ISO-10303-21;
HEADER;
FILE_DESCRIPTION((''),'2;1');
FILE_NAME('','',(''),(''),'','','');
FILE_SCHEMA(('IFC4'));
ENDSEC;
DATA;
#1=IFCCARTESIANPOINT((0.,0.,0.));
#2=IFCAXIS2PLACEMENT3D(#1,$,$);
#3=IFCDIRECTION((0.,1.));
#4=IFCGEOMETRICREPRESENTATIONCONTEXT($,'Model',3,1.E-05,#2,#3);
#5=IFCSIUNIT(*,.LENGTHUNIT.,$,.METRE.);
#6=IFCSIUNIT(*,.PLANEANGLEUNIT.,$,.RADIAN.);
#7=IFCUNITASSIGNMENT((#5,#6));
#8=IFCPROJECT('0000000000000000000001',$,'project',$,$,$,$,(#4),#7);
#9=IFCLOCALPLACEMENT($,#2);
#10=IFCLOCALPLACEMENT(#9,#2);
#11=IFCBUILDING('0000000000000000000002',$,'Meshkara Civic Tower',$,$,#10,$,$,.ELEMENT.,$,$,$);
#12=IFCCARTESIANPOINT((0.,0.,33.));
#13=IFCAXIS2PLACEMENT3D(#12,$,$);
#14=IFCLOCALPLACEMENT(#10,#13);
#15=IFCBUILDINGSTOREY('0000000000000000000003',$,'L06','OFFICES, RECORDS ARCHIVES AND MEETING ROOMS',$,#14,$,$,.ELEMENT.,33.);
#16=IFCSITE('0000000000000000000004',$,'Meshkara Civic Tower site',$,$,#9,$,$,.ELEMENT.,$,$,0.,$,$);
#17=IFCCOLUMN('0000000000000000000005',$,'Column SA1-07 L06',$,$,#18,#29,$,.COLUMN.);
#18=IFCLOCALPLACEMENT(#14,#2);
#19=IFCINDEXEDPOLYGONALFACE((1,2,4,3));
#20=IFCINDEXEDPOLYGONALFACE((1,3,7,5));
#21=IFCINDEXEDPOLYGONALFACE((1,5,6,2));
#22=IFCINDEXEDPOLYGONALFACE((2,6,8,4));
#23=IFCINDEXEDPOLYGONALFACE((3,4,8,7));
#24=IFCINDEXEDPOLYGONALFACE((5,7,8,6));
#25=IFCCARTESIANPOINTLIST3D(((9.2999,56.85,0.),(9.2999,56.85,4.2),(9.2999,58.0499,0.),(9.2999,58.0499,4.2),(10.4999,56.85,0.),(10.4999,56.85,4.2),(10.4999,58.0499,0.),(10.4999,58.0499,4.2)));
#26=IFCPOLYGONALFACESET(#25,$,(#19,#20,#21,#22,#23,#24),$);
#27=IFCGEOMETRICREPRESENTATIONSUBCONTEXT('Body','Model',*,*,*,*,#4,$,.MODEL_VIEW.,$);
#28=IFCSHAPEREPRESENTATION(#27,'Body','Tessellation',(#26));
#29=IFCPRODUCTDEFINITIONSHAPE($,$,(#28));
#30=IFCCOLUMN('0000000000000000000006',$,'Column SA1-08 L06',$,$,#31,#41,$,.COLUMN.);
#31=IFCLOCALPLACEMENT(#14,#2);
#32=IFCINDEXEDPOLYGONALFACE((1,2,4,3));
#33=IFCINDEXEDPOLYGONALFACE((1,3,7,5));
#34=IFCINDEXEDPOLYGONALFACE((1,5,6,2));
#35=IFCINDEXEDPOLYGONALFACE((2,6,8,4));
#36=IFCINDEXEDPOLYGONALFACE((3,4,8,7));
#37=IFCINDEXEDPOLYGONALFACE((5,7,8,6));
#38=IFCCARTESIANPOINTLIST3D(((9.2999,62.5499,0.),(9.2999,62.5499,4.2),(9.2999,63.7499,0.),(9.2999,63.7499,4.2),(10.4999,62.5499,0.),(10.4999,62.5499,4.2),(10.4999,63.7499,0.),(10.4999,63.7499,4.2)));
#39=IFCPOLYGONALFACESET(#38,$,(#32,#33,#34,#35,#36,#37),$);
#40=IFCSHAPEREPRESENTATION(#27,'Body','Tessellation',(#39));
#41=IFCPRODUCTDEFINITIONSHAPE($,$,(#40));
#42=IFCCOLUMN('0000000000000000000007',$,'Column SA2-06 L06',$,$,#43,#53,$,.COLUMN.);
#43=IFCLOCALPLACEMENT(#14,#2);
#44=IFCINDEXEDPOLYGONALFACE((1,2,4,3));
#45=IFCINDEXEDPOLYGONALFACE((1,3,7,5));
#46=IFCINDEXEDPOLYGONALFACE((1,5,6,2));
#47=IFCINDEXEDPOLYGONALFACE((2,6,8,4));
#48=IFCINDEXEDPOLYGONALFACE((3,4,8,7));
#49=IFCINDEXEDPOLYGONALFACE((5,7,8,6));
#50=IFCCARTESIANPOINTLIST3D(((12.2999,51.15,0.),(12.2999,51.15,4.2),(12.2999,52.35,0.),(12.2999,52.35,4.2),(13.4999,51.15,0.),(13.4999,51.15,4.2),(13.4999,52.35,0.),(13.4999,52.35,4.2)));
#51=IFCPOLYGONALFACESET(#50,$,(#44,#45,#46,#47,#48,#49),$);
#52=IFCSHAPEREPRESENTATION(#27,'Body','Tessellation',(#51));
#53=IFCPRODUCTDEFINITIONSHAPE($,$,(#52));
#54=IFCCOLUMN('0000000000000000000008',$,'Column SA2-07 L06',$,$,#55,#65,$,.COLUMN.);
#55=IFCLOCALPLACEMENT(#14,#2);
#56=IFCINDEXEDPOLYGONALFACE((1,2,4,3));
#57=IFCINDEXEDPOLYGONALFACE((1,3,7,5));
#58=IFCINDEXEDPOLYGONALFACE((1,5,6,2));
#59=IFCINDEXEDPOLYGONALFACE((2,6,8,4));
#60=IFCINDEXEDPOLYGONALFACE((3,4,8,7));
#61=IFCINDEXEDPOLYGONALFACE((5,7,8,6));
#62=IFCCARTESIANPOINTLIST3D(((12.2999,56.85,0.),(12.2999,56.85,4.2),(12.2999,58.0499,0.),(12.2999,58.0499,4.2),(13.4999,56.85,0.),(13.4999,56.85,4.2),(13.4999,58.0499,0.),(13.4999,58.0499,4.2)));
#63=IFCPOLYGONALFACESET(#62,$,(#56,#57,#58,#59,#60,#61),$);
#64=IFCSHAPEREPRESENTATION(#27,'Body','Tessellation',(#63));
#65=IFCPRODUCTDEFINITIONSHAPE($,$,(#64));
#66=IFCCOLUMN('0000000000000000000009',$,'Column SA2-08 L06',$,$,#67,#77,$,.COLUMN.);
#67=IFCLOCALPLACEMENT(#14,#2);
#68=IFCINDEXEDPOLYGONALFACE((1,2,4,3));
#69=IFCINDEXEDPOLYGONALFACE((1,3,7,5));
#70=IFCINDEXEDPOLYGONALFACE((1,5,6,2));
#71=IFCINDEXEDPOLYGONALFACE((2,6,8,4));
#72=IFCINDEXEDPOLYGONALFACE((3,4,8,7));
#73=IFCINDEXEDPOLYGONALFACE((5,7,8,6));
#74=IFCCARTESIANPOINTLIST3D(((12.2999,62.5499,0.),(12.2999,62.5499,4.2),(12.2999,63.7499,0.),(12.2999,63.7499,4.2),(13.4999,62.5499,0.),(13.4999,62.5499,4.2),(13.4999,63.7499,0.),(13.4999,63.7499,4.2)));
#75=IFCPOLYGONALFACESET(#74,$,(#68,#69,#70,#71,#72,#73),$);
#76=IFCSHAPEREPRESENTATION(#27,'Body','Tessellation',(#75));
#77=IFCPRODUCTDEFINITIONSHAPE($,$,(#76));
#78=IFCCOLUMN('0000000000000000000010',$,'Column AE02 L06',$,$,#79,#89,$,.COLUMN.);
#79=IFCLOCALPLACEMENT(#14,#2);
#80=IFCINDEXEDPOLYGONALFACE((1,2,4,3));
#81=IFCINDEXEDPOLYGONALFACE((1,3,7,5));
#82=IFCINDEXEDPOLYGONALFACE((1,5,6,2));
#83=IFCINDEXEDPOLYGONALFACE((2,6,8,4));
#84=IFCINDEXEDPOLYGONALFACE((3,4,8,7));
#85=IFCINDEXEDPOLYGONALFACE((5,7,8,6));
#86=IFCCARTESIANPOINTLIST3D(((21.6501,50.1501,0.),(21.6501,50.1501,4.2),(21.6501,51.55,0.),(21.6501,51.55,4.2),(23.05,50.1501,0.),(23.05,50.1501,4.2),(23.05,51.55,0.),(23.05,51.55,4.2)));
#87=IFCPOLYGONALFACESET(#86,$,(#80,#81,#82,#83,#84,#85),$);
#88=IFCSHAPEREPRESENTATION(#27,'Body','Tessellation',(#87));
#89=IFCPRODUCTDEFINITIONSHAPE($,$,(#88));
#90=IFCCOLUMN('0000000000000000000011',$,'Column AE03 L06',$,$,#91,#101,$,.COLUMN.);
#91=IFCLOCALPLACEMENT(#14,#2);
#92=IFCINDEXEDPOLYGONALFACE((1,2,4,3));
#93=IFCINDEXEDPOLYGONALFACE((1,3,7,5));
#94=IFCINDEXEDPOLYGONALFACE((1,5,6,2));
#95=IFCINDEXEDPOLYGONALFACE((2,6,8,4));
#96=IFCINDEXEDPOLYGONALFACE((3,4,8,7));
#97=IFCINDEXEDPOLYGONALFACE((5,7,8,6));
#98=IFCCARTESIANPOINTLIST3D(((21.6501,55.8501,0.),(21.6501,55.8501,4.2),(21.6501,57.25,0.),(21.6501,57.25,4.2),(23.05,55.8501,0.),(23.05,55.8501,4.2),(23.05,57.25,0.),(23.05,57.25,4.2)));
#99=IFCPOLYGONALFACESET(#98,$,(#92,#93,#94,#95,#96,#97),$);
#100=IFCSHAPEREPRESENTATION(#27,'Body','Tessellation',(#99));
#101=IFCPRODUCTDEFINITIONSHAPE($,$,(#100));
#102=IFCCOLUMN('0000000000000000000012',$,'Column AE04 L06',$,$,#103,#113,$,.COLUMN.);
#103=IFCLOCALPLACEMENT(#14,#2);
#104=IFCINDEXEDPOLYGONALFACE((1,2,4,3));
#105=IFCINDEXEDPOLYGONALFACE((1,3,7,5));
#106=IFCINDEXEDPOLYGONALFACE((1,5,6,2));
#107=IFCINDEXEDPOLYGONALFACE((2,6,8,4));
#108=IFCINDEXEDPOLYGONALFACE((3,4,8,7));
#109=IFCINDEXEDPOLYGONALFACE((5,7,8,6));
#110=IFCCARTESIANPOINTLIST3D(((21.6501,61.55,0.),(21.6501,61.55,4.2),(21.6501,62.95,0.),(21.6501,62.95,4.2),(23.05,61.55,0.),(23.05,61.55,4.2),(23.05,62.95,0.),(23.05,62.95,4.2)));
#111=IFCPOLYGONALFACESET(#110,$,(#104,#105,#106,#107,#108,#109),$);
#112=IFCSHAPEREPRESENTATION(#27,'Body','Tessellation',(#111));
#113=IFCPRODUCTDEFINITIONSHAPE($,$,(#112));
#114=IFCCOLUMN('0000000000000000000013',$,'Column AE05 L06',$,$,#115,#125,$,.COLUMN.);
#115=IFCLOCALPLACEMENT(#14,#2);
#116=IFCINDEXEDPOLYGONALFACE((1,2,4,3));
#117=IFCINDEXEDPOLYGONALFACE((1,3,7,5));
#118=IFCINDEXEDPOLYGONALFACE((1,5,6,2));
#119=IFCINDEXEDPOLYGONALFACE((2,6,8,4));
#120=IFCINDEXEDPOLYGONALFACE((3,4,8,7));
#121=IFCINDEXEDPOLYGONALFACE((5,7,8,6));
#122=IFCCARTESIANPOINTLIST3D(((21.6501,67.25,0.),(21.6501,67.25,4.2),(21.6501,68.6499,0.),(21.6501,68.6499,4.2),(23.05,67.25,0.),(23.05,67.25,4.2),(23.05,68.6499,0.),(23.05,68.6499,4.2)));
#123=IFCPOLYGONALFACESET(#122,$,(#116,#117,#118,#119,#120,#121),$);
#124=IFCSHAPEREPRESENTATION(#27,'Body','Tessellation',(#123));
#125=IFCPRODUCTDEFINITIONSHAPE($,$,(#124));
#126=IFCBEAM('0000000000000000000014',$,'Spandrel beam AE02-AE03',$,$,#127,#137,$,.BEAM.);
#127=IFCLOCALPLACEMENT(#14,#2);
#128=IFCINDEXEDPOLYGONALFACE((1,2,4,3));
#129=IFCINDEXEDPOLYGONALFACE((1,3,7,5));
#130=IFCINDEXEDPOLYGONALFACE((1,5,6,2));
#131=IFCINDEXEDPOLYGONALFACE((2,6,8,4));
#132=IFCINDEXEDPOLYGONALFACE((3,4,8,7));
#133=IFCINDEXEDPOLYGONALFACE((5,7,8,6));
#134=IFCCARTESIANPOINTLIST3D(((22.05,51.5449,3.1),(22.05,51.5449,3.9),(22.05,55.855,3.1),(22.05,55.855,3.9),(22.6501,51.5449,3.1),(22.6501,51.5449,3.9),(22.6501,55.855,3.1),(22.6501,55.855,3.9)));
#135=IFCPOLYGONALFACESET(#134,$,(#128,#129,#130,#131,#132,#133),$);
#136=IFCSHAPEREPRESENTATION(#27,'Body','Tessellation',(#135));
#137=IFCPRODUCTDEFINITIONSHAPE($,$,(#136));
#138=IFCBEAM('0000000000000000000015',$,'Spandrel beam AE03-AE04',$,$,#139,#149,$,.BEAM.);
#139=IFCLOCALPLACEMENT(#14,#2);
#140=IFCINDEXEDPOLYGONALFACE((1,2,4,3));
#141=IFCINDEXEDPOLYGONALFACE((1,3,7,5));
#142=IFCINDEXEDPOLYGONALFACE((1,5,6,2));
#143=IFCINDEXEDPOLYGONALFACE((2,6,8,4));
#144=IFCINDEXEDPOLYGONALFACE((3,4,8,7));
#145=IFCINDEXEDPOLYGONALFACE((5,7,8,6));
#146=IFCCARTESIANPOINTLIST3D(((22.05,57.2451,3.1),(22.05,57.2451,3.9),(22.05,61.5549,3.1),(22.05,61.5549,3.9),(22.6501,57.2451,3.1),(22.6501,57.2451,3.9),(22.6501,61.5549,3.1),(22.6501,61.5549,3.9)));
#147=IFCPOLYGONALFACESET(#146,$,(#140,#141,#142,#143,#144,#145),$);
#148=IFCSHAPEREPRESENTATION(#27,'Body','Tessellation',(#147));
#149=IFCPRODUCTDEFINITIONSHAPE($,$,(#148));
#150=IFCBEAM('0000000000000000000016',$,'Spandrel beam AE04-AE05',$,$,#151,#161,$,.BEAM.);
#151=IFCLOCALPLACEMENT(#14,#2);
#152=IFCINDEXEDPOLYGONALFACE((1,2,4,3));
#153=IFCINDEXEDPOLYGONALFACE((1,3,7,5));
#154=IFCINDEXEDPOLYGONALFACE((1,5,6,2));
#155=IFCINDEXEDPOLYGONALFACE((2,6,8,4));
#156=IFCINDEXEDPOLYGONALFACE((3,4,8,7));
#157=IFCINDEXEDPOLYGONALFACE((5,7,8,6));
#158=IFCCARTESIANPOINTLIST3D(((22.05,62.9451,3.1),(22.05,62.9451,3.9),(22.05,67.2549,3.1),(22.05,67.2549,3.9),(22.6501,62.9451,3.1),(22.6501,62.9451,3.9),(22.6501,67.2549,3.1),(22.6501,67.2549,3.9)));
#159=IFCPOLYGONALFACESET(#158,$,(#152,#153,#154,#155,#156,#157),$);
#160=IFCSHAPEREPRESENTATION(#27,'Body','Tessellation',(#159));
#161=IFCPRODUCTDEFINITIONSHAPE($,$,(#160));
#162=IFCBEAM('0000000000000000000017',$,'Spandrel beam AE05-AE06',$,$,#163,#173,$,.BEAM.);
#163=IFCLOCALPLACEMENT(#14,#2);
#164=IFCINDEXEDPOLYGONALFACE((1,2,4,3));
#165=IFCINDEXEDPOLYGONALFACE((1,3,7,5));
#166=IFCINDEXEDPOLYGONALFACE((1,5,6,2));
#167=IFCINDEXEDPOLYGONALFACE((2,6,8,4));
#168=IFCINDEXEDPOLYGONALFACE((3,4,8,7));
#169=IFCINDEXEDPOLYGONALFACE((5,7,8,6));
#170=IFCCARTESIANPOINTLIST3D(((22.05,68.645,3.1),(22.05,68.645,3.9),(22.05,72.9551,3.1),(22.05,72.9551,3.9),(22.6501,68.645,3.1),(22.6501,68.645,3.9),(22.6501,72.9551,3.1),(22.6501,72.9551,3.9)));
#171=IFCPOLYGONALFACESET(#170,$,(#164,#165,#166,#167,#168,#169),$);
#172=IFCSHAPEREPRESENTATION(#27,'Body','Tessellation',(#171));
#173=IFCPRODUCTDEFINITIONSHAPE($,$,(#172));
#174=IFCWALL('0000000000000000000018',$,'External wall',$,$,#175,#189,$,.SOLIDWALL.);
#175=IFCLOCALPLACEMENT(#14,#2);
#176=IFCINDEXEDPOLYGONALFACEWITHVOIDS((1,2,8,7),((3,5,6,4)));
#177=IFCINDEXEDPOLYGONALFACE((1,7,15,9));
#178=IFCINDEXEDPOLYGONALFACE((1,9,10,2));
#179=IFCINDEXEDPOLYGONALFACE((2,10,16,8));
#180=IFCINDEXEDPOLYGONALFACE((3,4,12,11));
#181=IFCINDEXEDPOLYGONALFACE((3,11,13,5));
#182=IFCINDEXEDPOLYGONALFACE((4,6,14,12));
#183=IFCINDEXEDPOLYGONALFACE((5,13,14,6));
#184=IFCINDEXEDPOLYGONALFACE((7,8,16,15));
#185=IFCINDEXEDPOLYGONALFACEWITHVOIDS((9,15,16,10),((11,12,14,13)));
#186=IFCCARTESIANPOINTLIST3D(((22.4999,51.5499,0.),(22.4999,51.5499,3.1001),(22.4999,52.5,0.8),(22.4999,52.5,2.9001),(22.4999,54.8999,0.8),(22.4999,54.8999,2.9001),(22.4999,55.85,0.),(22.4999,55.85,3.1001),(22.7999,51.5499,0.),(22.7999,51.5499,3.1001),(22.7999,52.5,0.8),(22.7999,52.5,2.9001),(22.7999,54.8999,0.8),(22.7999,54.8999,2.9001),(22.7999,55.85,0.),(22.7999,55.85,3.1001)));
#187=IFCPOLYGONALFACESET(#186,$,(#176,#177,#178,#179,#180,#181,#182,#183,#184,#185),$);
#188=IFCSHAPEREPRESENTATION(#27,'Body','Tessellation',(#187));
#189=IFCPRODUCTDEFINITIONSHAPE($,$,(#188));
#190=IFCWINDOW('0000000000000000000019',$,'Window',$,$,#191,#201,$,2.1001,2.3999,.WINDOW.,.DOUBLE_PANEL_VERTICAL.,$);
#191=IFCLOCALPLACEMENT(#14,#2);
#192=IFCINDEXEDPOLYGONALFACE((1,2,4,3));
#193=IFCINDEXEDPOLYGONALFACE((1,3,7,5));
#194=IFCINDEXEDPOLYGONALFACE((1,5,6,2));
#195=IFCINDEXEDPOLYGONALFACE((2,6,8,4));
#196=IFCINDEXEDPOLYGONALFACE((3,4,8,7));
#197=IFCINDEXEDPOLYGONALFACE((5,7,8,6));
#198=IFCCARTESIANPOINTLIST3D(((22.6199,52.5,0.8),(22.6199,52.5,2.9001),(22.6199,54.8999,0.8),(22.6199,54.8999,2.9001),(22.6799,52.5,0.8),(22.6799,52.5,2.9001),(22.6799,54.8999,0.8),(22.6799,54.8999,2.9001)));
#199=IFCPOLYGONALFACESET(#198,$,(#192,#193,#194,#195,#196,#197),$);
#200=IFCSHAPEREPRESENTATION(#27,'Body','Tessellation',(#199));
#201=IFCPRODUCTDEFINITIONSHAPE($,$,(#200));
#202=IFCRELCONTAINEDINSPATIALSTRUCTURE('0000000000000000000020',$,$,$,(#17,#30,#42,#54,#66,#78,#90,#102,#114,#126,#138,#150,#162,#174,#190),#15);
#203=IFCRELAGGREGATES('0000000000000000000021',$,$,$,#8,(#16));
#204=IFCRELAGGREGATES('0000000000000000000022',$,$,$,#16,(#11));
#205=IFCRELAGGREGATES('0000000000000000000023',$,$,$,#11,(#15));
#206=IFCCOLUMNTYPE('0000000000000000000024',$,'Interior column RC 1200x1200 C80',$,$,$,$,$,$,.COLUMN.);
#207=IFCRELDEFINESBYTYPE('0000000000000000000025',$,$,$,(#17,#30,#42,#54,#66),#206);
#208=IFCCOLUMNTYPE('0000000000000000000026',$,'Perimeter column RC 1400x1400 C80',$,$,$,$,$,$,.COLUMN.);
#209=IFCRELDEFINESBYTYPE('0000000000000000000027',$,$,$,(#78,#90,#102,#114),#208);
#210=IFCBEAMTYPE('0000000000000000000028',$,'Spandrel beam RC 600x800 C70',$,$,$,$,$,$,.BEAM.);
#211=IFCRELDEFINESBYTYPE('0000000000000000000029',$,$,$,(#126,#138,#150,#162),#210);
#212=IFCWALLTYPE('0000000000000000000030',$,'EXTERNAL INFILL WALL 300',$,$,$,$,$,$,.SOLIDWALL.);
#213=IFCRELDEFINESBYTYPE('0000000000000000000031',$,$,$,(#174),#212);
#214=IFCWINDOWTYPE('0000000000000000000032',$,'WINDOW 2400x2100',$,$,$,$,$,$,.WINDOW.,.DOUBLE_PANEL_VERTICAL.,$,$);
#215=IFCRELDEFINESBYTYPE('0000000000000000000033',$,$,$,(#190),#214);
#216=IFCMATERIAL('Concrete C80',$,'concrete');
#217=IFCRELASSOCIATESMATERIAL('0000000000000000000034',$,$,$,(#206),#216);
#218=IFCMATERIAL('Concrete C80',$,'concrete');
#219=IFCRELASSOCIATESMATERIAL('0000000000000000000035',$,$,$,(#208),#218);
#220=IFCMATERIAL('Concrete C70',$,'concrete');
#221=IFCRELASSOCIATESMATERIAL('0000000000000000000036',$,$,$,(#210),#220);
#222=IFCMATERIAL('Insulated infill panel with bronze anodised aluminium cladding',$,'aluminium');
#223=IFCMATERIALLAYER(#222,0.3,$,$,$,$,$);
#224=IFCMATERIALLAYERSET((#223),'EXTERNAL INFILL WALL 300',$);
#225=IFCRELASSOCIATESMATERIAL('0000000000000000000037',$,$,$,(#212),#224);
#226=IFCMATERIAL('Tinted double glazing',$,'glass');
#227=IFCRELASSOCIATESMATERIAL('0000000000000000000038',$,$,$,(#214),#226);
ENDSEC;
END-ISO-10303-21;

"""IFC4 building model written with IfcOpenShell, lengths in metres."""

from ifc_helpers import new_model, si_unit, direction, frame, frame_2d, origin, origin_2d, place, context, subcontext, project, spatial, rectangle, extrude, material, layer, layer_set, material_profile, profile_set, type_object, element, fill, save


model = new_model("IFC4")

# Units and contexts
model_context = context("Model", 3, precision=1e-05, world=origin(), true_north=direction((0.0, 1.0)))
body_context = subcontext(model_context, "Body", "Model", "MODEL_VIEW")
ifc_project = project(units=[si_unit("LENGTHUNIT", "METRE"), si_unit("PLANEANGLEUNIT", "RADIAN")], contexts=[model_context])

# Site, building, storey
site_placement = place(None, origin())
site = spatial("IfcSite", under=ifc_project, at=site_placement, Name="Meshkara Civic Tower site", CompositionType="ELEMENT", RefElevation=0.0)
building_placement = place(site_placement, origin())
building = spatial("IfcBuilding", under=site, at=building_placement, Name="Meshkara Civic Tower", CompositionType="ELEMENT")
storey_placement = place(building_placement, frame((0.0, 0.0, 33.0)))
storey = spatial("IfcBuildingStorey", under=building, at=storey_placement, Name="L06", Description="OFFICES, RECORDS ARCHIVES AND MEETING ROOMS", CompositionType="ELEMENT", Elevation=33.0)

# Columns
ifc_material_1 = material(Name="Concrete C80", Category="concrete")
ifc_material_profile_1 = material_profile(ifc_material_1, rectangle(XDim=1.2, YDim=1.2, at=origin_2d()))
ifc_profile_set_1 = profile_set([ifc_material_profile_1], Name="Concrete C80")
column_type_1 = type_object("IfcColumnType", Name="Interior column RC 1200x1200 C80", PredefinedType="COLUMN", material=ifc_profile_set_1)
for number, where, z_axis, x_axis, name in (
    (1, (9.8999, 57.45, 0.0), (0.0, 0.0, 1.0), (1.0, 0.0, 0.0), "Column SA1-07 L06"),
    (2, (9.8999, 63.1499, 0.0), (0.0, 0.0, 1.0), (1.0, 0.0, 0.0), "Column SA1-08 L06"),
    (3, (12.8999, 51.75, 0.0), (0.0, 0.0, 1.0), (1.0, 0.0, 0.0), "Column SA2-06 L06"),
    (4, (12.8999, 57.45, 0.0), (0.0, 0.0, 1.0), (1.0, 0.0, 0.0), "Column SA2-07 L06"),
    (5, (12.8999, 63.1499, 0.0), (0.0, 0.0, 1.0), (1.0, 0.0, 0.0), "Column SA2-08 L06"),
):
    element("IfcColumn", number, at=place(storey_placement, frame(where, z_axis=z_axis, x_axis=x_axis)), inside=storey, type_object=column_type_1, Name=name, PredefinedType="COLUMN", context=body_context, shape_type="SweptSolid", body=[
        extrude(rectangle(XDim=1.2, YDim=1.2, at=origin_2d()), origin(), (0.0, 0.0, 1.0), 4.2),
    ])
ifc_material_2 = material(Name="Concrete C80", Category="concrete")
ifc_material_profile_2 = material_profile(ifc_material_2, rectangle(XDim=1.3999, YDim=1.3999, at=origin_2d()))
ifc_profile_set_2 = profile_set([ifc_material_profile_2], Name="Concrete C80")
column_type_2 = type_object("IfcColumnType", Name="Perimeter column RC 1400x1400 C80", PredefinedType="COLUMN", material=ifc_profile_set_2)
for number, where, z_axis, x_axis, name in (
    (6, (22.3501, 50.8501, 0.0), (0.0, 0.0, 1.0), (1.0, 0.0, 0.0), "Column AE02 L06"),
    (7, (22.3501, 56.55, 0.0), (0.0, 0.0, 1.0), (1.0, 0.0, 0.0), "Column AE03 L06"),
    (8, (22.3501, 62.25, 0.0), (0.0, 0.0, 1.0), (1.0, 0.0, 0.0), "Column AE04 L06"),
    (9, (22.3501, 67.95, 0.0), (0.0, 0.0, 1.0), (1.0, 0.0, 0.0), "Column AE05 L06"),
):
    element("IfcColumn", number, at=place(storey_placement, frame(where, z_axis=z_axis, x_axis=x_axis)), inside=storey, type_object=column_type_2, Name=name, PredefinedType="COLUMN", context=body_context, shape_type="SweptSolid", body=[
        extrude(rectangle(XDim=1.3999, YDim=1.3999, at=origin_2d()), origin(), (0.0, 0.0, 1.0), 4.2),
    ])

# Beams
ifc_material_3 = material(Name="Concrete C70", Category="concrete")
ifc_material_profile_3 = material_profile(ifc_material_3, rectangle(XDim=0.6001, YDim=0.8, at=origin_2d()))
ifc_profile_set_3 = profile_set([ifc_material_profile_3], Name="Concrete C70")
beam_type = type_object("IfcBeamType", Name="Spandrel beam RC 600x800 C70", PredefinedType="BEAM", material=ifc_profile_set_3)
beam_1_placement = place(storey_placement, frame((22.3501, 51.5449, 3.5), z_axis=(0.0, 1.0, 0.0), x_axis=(-1.0, 0.0, 0.0)))
element("IfcBeam", 10, at=beam_1_placement, inside=storey, type_object=beam_type, Name="Spandrel beam AE02-AE03", PredefinedType="BEAM", context=body_context, shape_type="SweptSolid", body=[
    extrude(rectangle(XDim=0.6001, YDim=0.8, at=origin_2d()), origin(), (0.0, 0.0, 1.0), 4.3101),
])
for number, where, z_axis, x_axis, name in (
    (11, (22.3501, 57.2451, 3.5), (0.0, 1.0, 0.0), (-1.0, 0.0, 0.0), "Spandrel beam AE03-AE04"),
    (12, (22.3501, 62.9451, 3.5), (0.0, 1.0, 0.0), (-1.0, 0.0, 0.0), "Spandrel beam AE04-AE05"),
):
    element("IfcBeam", number, at=place(storey_placement, frame(where, z_axis=z_axis, x_axis=x_axis)), inside=storey, type_object=beam_type, Name=name, PredefinedType="BEAM", context=body_context, shape_type="SweptSolid", body=[
        extrude(rectangle(XDim=0.6001, YDim=0.8, at=origin_2d()), origin(), (0.0, 0.0, 1.0), 4.3098),
    ])
beam_2_placement = place(storey_placement, frame((22.3501, 68.645, 3.5), z_axis=(0.0, 1.0, 0.0), x_axis=(-1.0, 0.0, 0.0)))
element("IfcBeam", 13, at=beam_2_placement, inside=storey, type_object=beam_type, Name="Spandrel beam AE05-AE06", PredefinedType="BEAM", context=body_context, shape_type="SweptSolid", body=[
    extrude(rectangle(XDim=0.6001, YDim=0.8, at=origin_2d()), origin(), (0.0, 0.0, 1.0), 4.3101),
])

# Wall, opening, window
ifc_material_4 = material(Name="Insulated infill panel with bronze anodised aluminium cladding", Category="aluminium")
ifc_layer_1 = layer(ifc_material_4, 0.3)
ifc_layer_set_1 = layer_set([ifc_layer_1], Name="EXTERNAL INFILL WALL 300")
wall_type_1 = type_object("IfcWallType", Name="EXTERNAL INFILL WALL 300", PredefinedType="SOLIDWALL", material=ifc_layer_set_1)
wall_1_placement = place(storey_placement, frame((22.6499, 51.55, 0.0), z_axis=(0.0, 0.0, 1.0), x_axis=(0.0, 1.0, 0.0)))
wall_1 = element("IfcWall", 14, at=wall_1_placement, inside=storey, type_object=wall_type_1, Name="External wall", PredefinedType="SOLIDWALL", context=body_context, shape_type="SweptSolid", body=[
    extrude(rectangle(XDim=4.3, YDim=0.3, at=frame_2d((2.1499, 0.0))), origin(), (0.0, 0.0, 1.0), 3.1001),
])
opening_1_placement = place(wall_1_placement, frame((0.95, 0.0, 0.8)))
opening_1 = element("IfcOpeningElement", 15, at=opening_1_placement, cuts=wall_1, PredefinedType="OPENING", context=body_context, shape_type="SweptSolid", body=[
    extrude(rectangle(XDim=2.3999, YDim=2.1001, at=frame_2d((1.2, 1.05))), frame((0.0, 0.1599, 0.0), z_axis=(0.0, -1.0, 0.0), x_axis=(1.0, 0.0, 0.0)), (0.0, 0.0, 1.0), 0.3201),
])
ifc_material_5 = material(Name="Tinted double glazing", Category="glass")
window_type = type_object("IfcWindowType", Name="WINDOW 2400x2100", PartitioningType="DOUBLE_PANEL_VERTICAL", PredefinedType="WINDOW", material=ifc_material_5)
window_1_placement = place(opening_1_placement, origin())
window_1 = element("IfcWindow", 16, at=window_1_placement, inside=storey, type_object=window_type, Name="Window", OverallHeight=2.1001, OverallWidth=2.3999, PartitioningType="DOUBLE_PANEL_VERTICAL", PredefinedType="WINDOW", context=body_context, shape_type="SweptSolid", body=[
    extrude(rectangle(XDim=2.3999, YDim=2.1001, at=frame_2d((1.2, 1.05))), frame((0.0, 0.03, 0.0), z_axis=(0.0, -1.0, 0.0), x_axis=(1.0, 0.0, 0.0)), (0.0, 0.0, 1.0), 0.0601),
])
fill(opening_1, window_1)

save(model, "model.ifc")
